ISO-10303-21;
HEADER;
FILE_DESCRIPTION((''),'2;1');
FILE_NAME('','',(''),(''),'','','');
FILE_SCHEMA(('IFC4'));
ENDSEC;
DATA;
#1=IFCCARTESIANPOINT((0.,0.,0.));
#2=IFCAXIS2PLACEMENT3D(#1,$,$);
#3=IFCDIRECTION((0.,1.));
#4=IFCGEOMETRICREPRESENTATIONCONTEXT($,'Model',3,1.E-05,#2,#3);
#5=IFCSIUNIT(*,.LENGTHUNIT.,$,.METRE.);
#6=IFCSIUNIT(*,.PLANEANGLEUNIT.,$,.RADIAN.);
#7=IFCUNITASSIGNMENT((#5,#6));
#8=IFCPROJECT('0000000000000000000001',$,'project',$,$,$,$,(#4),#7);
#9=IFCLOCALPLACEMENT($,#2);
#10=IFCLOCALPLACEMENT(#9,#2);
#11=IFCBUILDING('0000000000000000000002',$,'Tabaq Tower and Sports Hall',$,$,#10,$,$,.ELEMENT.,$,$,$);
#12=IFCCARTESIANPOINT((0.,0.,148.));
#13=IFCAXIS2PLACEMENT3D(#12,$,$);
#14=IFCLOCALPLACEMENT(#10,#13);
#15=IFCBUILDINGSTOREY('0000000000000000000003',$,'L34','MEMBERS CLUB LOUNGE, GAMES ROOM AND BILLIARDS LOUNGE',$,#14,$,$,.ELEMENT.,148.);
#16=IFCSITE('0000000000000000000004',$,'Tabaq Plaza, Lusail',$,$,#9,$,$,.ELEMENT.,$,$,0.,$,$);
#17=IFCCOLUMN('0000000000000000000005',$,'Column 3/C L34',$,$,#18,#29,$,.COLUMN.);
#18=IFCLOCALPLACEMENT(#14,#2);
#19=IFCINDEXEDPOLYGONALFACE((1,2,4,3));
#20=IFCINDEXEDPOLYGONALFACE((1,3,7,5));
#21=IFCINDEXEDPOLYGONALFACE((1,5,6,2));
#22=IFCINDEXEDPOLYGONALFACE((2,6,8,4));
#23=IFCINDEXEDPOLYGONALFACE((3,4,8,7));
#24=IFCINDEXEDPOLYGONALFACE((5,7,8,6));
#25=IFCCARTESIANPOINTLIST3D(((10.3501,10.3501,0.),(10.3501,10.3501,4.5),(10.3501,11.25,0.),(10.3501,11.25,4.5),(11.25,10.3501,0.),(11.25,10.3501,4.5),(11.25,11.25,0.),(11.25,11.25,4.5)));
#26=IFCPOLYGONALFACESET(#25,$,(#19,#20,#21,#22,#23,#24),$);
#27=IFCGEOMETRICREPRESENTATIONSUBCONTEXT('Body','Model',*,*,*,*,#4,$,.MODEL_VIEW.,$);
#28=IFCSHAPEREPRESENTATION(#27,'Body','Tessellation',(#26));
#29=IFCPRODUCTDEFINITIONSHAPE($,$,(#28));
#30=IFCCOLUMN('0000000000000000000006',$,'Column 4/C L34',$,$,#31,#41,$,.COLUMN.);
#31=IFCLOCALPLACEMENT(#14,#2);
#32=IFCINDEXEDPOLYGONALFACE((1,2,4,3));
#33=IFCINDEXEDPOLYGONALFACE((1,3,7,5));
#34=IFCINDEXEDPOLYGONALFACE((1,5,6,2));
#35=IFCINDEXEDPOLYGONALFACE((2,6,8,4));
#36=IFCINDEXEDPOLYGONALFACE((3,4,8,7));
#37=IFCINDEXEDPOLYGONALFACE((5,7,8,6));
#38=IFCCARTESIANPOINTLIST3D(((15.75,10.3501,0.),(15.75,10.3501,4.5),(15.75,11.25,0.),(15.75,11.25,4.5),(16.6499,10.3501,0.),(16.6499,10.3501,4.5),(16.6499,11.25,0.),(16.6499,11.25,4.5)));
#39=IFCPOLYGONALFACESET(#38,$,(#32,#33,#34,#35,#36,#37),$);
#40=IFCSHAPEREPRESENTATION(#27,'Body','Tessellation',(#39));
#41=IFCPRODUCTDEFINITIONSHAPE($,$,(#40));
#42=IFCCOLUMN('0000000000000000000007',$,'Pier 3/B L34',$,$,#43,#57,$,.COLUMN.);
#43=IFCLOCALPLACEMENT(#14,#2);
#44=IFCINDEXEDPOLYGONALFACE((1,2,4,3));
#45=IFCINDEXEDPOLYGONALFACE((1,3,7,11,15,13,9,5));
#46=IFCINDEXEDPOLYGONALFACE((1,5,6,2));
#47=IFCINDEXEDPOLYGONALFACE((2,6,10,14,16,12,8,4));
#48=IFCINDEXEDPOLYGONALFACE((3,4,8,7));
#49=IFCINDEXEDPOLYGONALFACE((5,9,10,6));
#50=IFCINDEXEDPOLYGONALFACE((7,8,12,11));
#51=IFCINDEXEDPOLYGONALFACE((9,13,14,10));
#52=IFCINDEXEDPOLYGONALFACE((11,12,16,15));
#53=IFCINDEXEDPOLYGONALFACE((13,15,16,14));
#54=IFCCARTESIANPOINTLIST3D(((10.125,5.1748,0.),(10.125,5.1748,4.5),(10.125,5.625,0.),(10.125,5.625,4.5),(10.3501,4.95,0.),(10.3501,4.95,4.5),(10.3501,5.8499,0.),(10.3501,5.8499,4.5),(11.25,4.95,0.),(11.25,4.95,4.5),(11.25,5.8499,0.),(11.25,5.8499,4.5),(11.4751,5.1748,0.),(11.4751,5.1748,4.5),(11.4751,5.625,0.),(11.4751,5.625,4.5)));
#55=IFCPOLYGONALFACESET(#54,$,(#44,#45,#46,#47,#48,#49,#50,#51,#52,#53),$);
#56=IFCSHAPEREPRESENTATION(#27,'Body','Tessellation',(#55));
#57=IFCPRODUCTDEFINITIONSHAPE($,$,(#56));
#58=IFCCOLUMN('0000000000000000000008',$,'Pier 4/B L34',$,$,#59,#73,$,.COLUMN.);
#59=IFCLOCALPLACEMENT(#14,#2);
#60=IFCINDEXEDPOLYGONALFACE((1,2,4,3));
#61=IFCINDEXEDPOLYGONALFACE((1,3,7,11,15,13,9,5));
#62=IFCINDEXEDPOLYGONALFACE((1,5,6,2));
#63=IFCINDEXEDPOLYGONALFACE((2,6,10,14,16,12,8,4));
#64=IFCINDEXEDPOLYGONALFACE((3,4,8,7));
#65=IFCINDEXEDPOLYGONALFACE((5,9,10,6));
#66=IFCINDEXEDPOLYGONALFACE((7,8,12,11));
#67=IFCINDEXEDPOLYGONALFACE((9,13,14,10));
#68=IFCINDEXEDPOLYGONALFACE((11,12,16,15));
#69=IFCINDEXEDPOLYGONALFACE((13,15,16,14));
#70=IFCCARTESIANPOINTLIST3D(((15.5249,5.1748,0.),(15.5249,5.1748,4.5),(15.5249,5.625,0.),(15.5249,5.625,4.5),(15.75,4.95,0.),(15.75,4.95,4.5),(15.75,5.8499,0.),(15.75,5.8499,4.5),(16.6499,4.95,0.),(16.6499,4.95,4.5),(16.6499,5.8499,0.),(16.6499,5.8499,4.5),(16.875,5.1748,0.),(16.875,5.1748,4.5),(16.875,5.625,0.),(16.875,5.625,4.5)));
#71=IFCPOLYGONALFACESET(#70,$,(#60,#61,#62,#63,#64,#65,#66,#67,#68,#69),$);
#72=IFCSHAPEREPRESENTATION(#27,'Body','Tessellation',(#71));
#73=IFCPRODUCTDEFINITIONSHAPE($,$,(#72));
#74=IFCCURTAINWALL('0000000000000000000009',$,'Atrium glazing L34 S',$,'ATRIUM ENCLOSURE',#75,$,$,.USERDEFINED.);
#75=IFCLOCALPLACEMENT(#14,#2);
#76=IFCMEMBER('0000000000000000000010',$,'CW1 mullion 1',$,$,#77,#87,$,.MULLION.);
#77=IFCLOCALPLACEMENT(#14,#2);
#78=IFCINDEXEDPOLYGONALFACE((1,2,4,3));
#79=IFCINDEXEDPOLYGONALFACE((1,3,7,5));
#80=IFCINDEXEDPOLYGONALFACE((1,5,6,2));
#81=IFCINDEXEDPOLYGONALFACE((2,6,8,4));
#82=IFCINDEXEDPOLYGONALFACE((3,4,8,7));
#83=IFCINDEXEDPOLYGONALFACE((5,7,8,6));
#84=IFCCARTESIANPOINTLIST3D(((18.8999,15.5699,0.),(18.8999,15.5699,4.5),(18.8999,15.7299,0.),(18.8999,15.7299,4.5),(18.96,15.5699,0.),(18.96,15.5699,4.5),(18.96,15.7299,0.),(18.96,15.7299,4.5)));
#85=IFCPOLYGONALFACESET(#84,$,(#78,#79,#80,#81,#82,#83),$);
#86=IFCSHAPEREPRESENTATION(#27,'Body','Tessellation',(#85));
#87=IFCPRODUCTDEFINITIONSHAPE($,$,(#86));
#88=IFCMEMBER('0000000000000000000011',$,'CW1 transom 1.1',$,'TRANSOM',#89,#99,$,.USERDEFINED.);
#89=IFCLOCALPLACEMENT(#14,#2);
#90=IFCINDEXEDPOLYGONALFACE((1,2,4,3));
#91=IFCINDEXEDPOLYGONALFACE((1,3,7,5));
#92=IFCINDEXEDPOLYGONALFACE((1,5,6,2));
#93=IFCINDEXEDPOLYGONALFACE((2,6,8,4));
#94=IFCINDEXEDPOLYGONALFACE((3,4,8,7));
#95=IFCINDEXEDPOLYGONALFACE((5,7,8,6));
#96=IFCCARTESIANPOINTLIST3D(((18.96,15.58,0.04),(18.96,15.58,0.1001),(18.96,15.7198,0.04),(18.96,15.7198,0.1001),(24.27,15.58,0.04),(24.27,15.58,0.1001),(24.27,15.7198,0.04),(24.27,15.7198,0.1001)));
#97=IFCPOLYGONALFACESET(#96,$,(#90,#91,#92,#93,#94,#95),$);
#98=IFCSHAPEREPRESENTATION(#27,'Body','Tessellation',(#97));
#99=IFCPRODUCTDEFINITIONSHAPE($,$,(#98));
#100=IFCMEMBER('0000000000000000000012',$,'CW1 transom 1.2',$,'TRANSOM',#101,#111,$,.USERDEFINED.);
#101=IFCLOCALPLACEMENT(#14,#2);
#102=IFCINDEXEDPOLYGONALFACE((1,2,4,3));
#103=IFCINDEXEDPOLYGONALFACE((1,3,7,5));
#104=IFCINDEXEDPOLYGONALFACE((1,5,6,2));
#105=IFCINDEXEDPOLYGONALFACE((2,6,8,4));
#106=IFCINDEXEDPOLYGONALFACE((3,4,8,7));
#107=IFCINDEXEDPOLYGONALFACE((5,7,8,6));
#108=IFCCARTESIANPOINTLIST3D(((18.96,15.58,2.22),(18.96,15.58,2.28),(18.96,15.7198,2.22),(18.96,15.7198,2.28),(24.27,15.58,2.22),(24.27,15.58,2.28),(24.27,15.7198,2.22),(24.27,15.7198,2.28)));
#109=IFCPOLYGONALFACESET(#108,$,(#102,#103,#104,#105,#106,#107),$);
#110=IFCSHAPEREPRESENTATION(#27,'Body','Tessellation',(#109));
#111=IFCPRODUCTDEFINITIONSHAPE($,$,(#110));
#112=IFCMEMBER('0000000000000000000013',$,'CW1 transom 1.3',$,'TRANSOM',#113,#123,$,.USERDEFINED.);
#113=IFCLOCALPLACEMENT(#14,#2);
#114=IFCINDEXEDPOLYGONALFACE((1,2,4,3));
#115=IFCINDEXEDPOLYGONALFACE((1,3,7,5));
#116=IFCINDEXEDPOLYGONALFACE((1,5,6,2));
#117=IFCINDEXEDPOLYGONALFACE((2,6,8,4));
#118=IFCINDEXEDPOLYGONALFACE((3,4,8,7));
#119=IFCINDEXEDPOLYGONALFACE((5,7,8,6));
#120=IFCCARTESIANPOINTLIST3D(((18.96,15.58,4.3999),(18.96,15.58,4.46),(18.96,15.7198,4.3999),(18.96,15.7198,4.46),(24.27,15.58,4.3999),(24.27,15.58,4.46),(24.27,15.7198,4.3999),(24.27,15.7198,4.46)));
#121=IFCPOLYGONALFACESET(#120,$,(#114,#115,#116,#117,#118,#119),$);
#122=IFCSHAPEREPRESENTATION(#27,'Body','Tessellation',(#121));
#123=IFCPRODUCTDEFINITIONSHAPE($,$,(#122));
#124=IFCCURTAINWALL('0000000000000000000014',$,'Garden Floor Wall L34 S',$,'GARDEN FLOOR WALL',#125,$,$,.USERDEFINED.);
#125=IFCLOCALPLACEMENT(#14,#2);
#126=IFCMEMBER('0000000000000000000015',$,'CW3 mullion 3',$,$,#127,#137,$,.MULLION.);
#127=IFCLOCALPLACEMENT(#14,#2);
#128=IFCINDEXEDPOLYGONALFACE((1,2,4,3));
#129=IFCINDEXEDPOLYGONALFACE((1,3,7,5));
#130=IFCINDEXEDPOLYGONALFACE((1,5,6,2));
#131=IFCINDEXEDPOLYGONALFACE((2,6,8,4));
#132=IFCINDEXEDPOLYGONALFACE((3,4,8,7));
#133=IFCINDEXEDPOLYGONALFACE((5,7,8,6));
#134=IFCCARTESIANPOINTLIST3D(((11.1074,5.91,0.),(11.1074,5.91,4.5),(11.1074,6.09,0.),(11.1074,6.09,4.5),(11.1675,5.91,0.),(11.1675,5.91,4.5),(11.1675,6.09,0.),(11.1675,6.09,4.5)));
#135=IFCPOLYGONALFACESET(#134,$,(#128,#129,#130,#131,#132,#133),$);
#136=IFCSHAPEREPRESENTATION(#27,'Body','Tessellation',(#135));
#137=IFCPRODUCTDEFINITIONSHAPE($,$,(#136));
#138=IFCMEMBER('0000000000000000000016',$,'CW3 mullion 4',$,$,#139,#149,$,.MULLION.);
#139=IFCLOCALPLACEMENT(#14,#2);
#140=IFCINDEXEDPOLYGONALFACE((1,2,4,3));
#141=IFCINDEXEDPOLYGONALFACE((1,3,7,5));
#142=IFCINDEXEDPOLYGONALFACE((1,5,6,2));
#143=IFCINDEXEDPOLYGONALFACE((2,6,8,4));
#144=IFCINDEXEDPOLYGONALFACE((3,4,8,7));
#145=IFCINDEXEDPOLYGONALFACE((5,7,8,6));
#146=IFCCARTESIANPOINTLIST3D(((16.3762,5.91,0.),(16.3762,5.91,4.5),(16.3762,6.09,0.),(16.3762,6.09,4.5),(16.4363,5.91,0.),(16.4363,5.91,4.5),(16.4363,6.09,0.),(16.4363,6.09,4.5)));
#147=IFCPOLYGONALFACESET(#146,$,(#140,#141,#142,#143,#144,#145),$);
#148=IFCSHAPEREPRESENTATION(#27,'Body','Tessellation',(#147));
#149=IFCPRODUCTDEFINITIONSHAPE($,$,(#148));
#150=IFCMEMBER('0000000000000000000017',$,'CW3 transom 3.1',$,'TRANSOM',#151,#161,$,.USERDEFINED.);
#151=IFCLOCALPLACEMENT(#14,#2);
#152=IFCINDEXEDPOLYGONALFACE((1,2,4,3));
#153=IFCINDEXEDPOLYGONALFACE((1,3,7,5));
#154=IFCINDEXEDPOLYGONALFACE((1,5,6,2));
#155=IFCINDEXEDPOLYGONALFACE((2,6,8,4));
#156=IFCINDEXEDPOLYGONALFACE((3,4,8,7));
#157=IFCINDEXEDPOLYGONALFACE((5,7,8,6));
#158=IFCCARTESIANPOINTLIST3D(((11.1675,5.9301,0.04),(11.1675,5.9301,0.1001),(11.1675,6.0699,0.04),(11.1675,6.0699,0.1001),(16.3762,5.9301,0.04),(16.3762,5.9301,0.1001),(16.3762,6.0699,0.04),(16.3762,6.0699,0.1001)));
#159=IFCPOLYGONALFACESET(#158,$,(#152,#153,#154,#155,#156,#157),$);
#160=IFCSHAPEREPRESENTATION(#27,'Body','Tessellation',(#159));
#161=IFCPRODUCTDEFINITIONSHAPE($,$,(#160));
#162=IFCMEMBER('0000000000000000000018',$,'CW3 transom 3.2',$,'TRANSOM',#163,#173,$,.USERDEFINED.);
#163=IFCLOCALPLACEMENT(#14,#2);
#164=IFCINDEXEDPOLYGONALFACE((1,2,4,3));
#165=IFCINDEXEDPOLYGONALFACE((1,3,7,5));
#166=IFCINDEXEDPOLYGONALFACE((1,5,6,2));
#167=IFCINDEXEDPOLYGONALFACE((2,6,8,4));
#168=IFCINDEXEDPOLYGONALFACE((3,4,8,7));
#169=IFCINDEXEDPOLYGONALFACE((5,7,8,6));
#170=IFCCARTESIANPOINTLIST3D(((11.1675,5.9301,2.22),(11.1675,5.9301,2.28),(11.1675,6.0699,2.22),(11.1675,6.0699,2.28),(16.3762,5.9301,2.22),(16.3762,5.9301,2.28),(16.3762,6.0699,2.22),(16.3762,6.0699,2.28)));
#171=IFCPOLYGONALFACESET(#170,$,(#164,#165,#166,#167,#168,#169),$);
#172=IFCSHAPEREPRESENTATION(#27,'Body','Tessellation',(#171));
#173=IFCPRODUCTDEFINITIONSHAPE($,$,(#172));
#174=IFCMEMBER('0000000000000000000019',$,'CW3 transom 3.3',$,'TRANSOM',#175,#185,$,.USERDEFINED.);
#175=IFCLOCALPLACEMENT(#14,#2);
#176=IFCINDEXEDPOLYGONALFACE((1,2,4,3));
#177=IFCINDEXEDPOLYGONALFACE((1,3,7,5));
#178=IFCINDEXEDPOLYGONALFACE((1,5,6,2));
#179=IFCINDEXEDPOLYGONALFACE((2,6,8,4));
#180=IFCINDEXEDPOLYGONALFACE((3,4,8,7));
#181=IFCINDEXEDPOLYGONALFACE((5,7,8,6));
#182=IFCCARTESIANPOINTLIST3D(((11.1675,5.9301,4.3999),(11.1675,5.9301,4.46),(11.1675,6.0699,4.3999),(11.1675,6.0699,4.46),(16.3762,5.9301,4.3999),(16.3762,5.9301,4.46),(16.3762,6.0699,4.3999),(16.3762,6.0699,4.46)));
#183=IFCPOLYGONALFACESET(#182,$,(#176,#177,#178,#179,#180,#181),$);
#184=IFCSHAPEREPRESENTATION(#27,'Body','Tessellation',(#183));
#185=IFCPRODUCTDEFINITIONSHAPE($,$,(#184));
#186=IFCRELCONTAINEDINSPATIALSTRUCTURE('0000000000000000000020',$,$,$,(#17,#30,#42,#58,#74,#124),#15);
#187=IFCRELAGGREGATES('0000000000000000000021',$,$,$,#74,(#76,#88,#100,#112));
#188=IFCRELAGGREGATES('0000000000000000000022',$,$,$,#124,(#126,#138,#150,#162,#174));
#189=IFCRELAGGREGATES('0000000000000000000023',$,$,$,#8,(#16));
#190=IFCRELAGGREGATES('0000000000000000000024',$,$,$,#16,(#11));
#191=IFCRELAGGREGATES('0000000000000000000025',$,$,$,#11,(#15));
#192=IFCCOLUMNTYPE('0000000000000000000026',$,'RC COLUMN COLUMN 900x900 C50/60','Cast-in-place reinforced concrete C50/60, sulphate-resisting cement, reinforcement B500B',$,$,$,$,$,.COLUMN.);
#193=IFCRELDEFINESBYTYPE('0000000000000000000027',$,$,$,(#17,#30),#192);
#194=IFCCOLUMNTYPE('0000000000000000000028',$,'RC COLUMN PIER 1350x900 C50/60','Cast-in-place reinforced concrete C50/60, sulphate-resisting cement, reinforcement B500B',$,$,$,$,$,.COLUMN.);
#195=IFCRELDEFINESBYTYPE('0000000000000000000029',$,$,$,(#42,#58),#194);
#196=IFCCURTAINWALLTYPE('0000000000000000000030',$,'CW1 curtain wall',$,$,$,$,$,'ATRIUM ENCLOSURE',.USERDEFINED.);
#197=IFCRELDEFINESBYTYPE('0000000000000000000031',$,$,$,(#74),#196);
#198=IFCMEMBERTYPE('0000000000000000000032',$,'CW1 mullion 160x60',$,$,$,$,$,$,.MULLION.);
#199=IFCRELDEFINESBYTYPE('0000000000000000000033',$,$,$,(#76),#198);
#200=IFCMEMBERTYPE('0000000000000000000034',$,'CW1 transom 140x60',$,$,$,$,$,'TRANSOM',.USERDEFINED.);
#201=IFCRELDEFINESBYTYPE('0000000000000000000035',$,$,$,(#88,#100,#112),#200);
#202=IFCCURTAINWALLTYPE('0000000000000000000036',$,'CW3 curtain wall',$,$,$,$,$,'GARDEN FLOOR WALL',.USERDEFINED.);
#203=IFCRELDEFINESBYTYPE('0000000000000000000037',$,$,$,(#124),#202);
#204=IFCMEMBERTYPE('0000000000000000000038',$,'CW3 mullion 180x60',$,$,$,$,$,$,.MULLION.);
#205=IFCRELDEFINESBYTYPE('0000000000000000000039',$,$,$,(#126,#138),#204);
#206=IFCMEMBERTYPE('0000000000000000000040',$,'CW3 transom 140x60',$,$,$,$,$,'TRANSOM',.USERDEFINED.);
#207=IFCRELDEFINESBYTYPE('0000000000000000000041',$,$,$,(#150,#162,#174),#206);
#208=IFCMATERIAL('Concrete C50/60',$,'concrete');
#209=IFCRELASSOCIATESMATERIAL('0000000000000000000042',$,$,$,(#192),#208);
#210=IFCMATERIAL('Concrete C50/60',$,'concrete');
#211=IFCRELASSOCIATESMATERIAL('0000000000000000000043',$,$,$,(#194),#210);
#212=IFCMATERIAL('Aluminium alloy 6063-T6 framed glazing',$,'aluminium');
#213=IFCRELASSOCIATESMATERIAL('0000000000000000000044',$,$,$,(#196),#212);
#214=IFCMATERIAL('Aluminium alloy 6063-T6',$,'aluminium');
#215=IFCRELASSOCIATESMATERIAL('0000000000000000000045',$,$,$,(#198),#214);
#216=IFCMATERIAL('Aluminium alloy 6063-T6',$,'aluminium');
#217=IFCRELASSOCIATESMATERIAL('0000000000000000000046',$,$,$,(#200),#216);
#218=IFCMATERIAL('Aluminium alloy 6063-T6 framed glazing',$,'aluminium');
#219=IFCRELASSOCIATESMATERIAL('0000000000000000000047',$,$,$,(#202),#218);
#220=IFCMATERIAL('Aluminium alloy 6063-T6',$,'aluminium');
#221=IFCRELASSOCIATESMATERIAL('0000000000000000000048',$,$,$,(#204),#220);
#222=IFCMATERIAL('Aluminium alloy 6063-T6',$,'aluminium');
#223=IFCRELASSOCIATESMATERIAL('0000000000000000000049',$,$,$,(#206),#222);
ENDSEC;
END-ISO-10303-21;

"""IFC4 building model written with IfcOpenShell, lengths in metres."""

from ifc_helpers import new_model, si_unit, direction, frame, origin, origin_2d, place, context, subcontext, project, spatial, polyline, rectangle, outline, extrude, material, material_profile, profile_set, type_object, element, aggregate, save


model = new_model("IFC4")

# Units and contexts
model_context = context("Model", 3, precision=1e-05, world=origin(), true_north=direction((0.0, 1.0)))
body_context = subcontext(model_context, "Body", "Model", "MODEL_VIEW")
ifc_project = project(units=[si_unit("LENGTHUNIT", "METRE"), si_unit("PLANEANGLEUNIT", "RADIAN")], contexts=[model_context])

# Site, building, storey
site_placement = place(None, origin())
site = spatial("IfcSite", under=ifc_project, at=site_placement, Name="Tabaq Plaza, Lusail", CompositionType="ELEMENT", RefElevation=0.0)
building_placement = place(site_placement, origin())
building = spatial("IfcBuilding", under=site, at=building_placement, Name="Tabaq Tower and Sports Hall", CompositionType="ELEMENT")
storey_placement = place(building_placement, frame((0.0, 0.0, 148.0)))
storey = spatial("IfcBuildingStorey", under=building, at=storey_placement, Name="L34", Description="MEMBERS CLUB LOUNGE, GAMES ROOM AND BILLIARDS LOUNGE", CompositionType="ELEMENT", Elevation=148.0)

# Columns
ifc_material_1 = material(Name="Concrete C50/60", Category="concrete")
ifc_material_profile_1 = material_profile(ifc_material_1, rectangle(XDim=0.8999, YDim=0.8999, at=origin_2d()), Name="COLUMN 900x900")
ifc_profile_set_1 = profile_set([ifc_material_profile_1], Name="Concrete C50/60")
column_type_1 = type_object("IfcColumnType", Name="RC COLUMN COLUMN 900x900 C50/60", Description="Cast-in-place reinforced concrete C50/60, sulphate-resisting cement, reinforcement B500B", PredefinedType="COLUMN", material=ifc_profile_set_1)
for number, where, z_axis, x_axis, name in (
    (1, (10.8, 10.8, 0.0), (0.0, 0.0, 1.0), (1.0, 0.0, 0.0), "Column 3/C L34"),
    (2, (16.2, 10.8, 0.0), (0.0, 0.0, 1.0), (1.0, 0.0, 0.0), "Column 4/C L34"),
):
    element("IfcColumn", number, at=place(storey_placement, frame(where, z_axis=z_axis, x_axis=x_axis)), inside=storey, type_object=column_type_1, Name=name, PredefinedType="COLUMN", context=body_context, shape_type="SweptSolid", body=[
        extrude(rectangle(XDim=0.8999, YDim=0.8999, at=origin_2d()), origin(), (0.0, 0.0, 1.0), 4.5),
    ])
ifc_material_2 = material(Name="Concrete C50/60", Category="concrete")
ifc_material_profile_2 = material_profile(ifc_material_2, outline(polyline([(-0.45, -0.45), (0.45, -0.45), (0.675, -0.2251), (0.675, 0.2251), (0.45, 0.45), (-0.45, 0.45), (-0.675, 0.2251), (-0.675, -0.2251), (-0.45, -0.45)])), Name="PIER 1350x900")
ifc_profile_set_2 = profile_set([ifc_material_profile_2], Name="Concrete C50/60")
column_type_2 = type_object("IfcColumnType", Name="RC COLUMN PIER 1350x900 C50/60", Description="Cast-in-place reinforced concrete C50/60, sulphate-resisting cement, reinforcement B500B", PredefinedType="COLUMN", material=ifc_profile_set_2)
for number, where, z_axis, x_axis, name in (
    (3, (10.8, 5.3999, 0.0), (0.0, 0.0, 1.0), (1.0, 0.0, 0.0), "Pier 3/B L34"),
    (4, (16.2, 5.3999, 0.0), (0.0, 0.0, 1.0), (1.0, 0.0, 0.0), "Pier 4/B L34"),
):
    element("IfcColumn", number, at=place(storey_placement, frame(where, z_axis=z_axis, x_axis=x_axis)), inside=storey, type_object=column_type_2, Name=name, PredefinedType="COLUMN", context=body_context, shape_type="SweptSolid", body=[
        extrude(outline(polyline([(-0.45, -0.45), (0.45, -0.45), (0.675, -0.2251), (0.675, 0.2251), (0.45, 0.45), (-0.45, 0.45), (-0.675, 0.2251), (-0.675, -0.2251), (-0.45, -0.45)])), origin(), (0.0, 0.0, 1.0), 4.5),
    ])

# Curtain walls, members
ifc_material_3 = material(Name="Aluminium alloy 6063-T6 framed glazing", Category="aluminium")
curtain_wall_type_1 = type_object("IfcCurtainWallType", Name="CW1 curtain wall", ElementType="ATRIUM ENCLOSURE", PredefinedType="USERDEFINED", material=ifc_material_3)
curtain_wall_1_placement = place(storey_placement, origin())
curtain_wall_1 = element("IfcCurtainWall", 5, at=curtain_wall_1_placement, inside=storey, type_object=curtain_wall_type_1, Name="Atrium glazing L34 S", ObjectType="ATRIUM ENCLOSURE", PredefinedType="USERDEFINED")
ifc_material_4 = material(Name="Aluminium alloy 6063-T6", Category="aluminium")
ifc_material_profile_3 = material_profile(ifc_material_4, rectangle(XDim=0.1599, YDim=0.0601, at=origin_2d()), Name="MULLION 160x60")
ifc_profile_set_3 = profile_set([ifc_material_profile_3], Name="Aluminium alloy 6063-T6")
member_type_1 = type_object("IfcMemberType", Name="CW1 mullion 160x60", PredefinedType="MULLION", material=ifc_profile_set_3)
member_1_placement = place(storey_placement, frame((18.9299, 15.6499, 0.0), z_axis=(0.0, 0.0, 1.0), x_axis=(0.0, 1.0, 0.0)))
member_1 = element("IfcMember", 6, at=member_1_placement, type_object=member_type_1, Name="CW1 mullion 1", PredefinedType="MULLION", context=body_context, shape_type="SweptSolid", body=[
    extrude(rectangle(XDim=0.1599, YDim=0.0601, at=origin_2d()), origin(), (0.0, 0.0, 1.0), 4.5),
])
ifc_material_5 = material(Name="Aluminium alloy 6063-T6", Category="aluminium")
ifc_material_profile_4 = material_profile(ifc_material_5, rectangle(XDim=0.1399, YDim=0.0601, at=origin_2d()), Name="TRANSOM 140x60")
ifc_profile_set_4 = profile_set([ifc_material_profile_4], Name="Aluminium alloy 6063-T6")
member_type_2 = type_object("IfcMemberType", Name="CW1 transom 140x60", ElementType="TRANSOM", PredefinedType="USERDEFINED", material=ifc_profile_set_4)
member_2_placement = place(storey_placement, frame((18.96, 15.6499, 0.0701), z_axis=(1.0, 0.0, 0.0), x_axis=(0.0, 1.0, 0.0)))
member_2 = element("IfcMember", 7, at=member_2_placement, type_object=member_type_2, Name="CW1 transom 1.1", ObjectType="TRANSOM", PredefinedType="USERDEFINED", context=body_context, shape_type="SweptSolid", body=[
    extrude(rectangle(XDim=0.1399, YDim=0.0601, at=origin_2d()), origin(), (0.0, 0.0, 1.0), 5.3101),
])
member_3_placement = place(storey_placement, frame((18.96, 15.6499, 2.25), z_axis=(1.0, 0.0, 0.0), x_axis=(0.0, 1.0, 0.0)))
member_3 = element("IfcMember", 8, at=member_3_placement, type_object=member_type_2, Name="CW1 transom 1.2", ObjectType="TRANSOM", PredefinedType="USERDEFINED", context=body_context, shape_type="SweptSolid", body=[
    extrude(rectangle(XDim=0.1399, YDim=0.0601, at=origin_2d()), origin(), (0.0, 0.0, 1.0), 5.3101),
])
member_4_placement = place(storey_placement, frame((18.96, 15.6499, 4.4299), z_axis=(1.0, 0.0, 0.0), x_axis=(0.0, 1.0, 0.0)))
member_4 = element("IfcMember", 9, at=member_4_placement, type_object=member_type_2, Name="CW1 transom 1.3", ObjectType="TRANSOM", PredefinedType="USERDEFINED", context=body_context, shape_type="SweptSolid", body=[
    extrude(rectangle(XDim=0.1399, YDim=0.0601, at=origin_2d()), origin(), (0.0, 0.0, 1.0), 5.3101),
])
aggregate(curtain_wall_1, [member_1, member_2, member_3, member_4])
ifc_material_6 = material(Name="Aluminium alloy 6063-T6 framed glazing", Category="aluminium")
curtain_wall_type_2 = type_object("IfcCurtainWallType", Name="CW3 curtain wall", ElementType="GARDEN FLOOR WALL", PredefinedType="USERDEFINED", material=ifc_material_6)
curtain_wall_2_placement = place(storey_placement, origin())
curtain_wall_2 = element("IfcCurtainWall", 10, at=curtain_wall_2_placement, inside=storey, type_object=curtain_wall_type_2, Name="Garden Floor Wall L34 S", ObjectType="GARDEN FLOOR WALL", PredefinedType="USERDEFINED")
ifc_material_7 = material(Name="Aluminium alloy 6063-T6", Category="aluminium")
ifc_material_profile_5 = material_profile(ifc_material_7, rectangle(XDim=0.1799, YDim=0.0601, at=origin_2d()), Name="MULLION 180x60")
ifc_profile_set_5 = profile_set([ifc_material_profile_5], Name="Aluminium alloy 6063-T6")
member_type_3 = type_object("IfcMemberType", Name="CW3 mullion 180x60", PredefinedType="MULLION", material=ifc_profile_set_5)
member_5_placement = place(storey_placement, frame((11.1375, 6.0, 0.0), z_axis=(0.0, 0.0, 1.0), x_axis=(0.0, 1.0, 0.0)))
member_5 = element("IfcMember", 11, at=member_5_placement, type_object=member_type_3, Name="CW3 mullion 3", PredefinedType="MULLION", context=body_context, shape_type="SweptSolid", body=[
    extrude(rectangle(XDim=0.1799, YDim=0.0601, at=origin_2d()), origin(), (0.0, 0.0, 1.0), 4.5),
])
member_6_placement = place(storey_placement, frame((16.4062, 6.0, 0.0), z_axis=(0.0, 0.0, 1.0), x_axis=(0.0, 1.0, 0.0)))
member_6 = element("IfcMember", 12, at=member_6_placement, type_object=member_type_3, Name="CW3 mullion 4", PredefinedType="MULLION", context=body_context, shape_type="SweptSolid", body=[
    extrude(rectangle(XDim=0.1799, YDim=0.0601, at=origin_2d()), origin(), (0.0, 0.0, 1.0), 4.5),
])
ifc_material_8 = material(Name="Aluminium alloy 6063-T6", Category="aluminium")
ifc_material_profile_6 = material_profile(ifc_material_8, rectangle(XDim=0.1399, YDim=0.0601, at=origin_2d()), Name="TRANSOM 140x60")
ifc_profile_set_6 = profile_set([ifc_material_profile_6], Name="Aluminium alloy 6063-T6")
member_type_4 = type_object("IfcMemberType", Name="CW3 transom 140x60", ElementType="TRANSOM", PredefinedType="USERDEFINED", material=ifc_profile_set_6)
member_7_placement = place(storey_placement, frame((11.1675, 6.0, 0.0701), z_axis=(1.0, 0.0, 0.0), x_axis=(0.0, 1.0, 0.0)))
member_7 = element("IfcMember", 13, at=member_7_placement, type_object=member_type_4, Name="CW3 transom 3.1", ObjectType="TRANSOM", PredefinedType="USERDEFINED", context=body_context, shape_type="SweptSolid", body=[
    extrude(rectangle(XDim=0.1399, YDim=0.0601, at=origin_2d()), origin(), (0.0, 0.0, 1.0), 5.2087),
])
member_8_placement = place(storey_placement, frame((11.1675, 6.0, 2.25), z_axis=(1.0, 0.0, 0.0), x_axis=(0.0, 1.0, 0.0)))
member_8 = element("IfcMember", 14, at=member_8_placement, type_object=member_type_4, Name="CW3 transom 3.2", ObjectType="TRANSOM", PredefinedType="USERDEFINED", context=body_context, shape_type="SweptSolid", body=[
    extrude(rectangle(XDim=0.1399, YDim=0.0601, at=origin_2d()), origin(), (0.0, 0.0, 1.0), 5.2087),
])
member_9_placement = place(storey_placement, frame((11.1675, 6.0, 4.4299), z_axis=(1.0, 0.0, 0.0), x_axis=(0.0, 1.0, 0.0)))
member_9 = element("IfcMember", 15, at=member_9_placement, type_object=member_type_4, Name="CW3 transom 3.3", ObjectType="TRANSOM", PredefinedType="USERDEFINED", context=body_context, shape_type="SweptSolid", body=[
    extrude(rectangle(XDim=0.1399, YDim=0.0601, at=origin_2d()), origin(), (0.0, 0.0, 1.0), 5.2087),
])

aggregate(curtain_wall_2, [member_5, member_6, member_7, member_8, member_9])

save(model, "model.ifc")
